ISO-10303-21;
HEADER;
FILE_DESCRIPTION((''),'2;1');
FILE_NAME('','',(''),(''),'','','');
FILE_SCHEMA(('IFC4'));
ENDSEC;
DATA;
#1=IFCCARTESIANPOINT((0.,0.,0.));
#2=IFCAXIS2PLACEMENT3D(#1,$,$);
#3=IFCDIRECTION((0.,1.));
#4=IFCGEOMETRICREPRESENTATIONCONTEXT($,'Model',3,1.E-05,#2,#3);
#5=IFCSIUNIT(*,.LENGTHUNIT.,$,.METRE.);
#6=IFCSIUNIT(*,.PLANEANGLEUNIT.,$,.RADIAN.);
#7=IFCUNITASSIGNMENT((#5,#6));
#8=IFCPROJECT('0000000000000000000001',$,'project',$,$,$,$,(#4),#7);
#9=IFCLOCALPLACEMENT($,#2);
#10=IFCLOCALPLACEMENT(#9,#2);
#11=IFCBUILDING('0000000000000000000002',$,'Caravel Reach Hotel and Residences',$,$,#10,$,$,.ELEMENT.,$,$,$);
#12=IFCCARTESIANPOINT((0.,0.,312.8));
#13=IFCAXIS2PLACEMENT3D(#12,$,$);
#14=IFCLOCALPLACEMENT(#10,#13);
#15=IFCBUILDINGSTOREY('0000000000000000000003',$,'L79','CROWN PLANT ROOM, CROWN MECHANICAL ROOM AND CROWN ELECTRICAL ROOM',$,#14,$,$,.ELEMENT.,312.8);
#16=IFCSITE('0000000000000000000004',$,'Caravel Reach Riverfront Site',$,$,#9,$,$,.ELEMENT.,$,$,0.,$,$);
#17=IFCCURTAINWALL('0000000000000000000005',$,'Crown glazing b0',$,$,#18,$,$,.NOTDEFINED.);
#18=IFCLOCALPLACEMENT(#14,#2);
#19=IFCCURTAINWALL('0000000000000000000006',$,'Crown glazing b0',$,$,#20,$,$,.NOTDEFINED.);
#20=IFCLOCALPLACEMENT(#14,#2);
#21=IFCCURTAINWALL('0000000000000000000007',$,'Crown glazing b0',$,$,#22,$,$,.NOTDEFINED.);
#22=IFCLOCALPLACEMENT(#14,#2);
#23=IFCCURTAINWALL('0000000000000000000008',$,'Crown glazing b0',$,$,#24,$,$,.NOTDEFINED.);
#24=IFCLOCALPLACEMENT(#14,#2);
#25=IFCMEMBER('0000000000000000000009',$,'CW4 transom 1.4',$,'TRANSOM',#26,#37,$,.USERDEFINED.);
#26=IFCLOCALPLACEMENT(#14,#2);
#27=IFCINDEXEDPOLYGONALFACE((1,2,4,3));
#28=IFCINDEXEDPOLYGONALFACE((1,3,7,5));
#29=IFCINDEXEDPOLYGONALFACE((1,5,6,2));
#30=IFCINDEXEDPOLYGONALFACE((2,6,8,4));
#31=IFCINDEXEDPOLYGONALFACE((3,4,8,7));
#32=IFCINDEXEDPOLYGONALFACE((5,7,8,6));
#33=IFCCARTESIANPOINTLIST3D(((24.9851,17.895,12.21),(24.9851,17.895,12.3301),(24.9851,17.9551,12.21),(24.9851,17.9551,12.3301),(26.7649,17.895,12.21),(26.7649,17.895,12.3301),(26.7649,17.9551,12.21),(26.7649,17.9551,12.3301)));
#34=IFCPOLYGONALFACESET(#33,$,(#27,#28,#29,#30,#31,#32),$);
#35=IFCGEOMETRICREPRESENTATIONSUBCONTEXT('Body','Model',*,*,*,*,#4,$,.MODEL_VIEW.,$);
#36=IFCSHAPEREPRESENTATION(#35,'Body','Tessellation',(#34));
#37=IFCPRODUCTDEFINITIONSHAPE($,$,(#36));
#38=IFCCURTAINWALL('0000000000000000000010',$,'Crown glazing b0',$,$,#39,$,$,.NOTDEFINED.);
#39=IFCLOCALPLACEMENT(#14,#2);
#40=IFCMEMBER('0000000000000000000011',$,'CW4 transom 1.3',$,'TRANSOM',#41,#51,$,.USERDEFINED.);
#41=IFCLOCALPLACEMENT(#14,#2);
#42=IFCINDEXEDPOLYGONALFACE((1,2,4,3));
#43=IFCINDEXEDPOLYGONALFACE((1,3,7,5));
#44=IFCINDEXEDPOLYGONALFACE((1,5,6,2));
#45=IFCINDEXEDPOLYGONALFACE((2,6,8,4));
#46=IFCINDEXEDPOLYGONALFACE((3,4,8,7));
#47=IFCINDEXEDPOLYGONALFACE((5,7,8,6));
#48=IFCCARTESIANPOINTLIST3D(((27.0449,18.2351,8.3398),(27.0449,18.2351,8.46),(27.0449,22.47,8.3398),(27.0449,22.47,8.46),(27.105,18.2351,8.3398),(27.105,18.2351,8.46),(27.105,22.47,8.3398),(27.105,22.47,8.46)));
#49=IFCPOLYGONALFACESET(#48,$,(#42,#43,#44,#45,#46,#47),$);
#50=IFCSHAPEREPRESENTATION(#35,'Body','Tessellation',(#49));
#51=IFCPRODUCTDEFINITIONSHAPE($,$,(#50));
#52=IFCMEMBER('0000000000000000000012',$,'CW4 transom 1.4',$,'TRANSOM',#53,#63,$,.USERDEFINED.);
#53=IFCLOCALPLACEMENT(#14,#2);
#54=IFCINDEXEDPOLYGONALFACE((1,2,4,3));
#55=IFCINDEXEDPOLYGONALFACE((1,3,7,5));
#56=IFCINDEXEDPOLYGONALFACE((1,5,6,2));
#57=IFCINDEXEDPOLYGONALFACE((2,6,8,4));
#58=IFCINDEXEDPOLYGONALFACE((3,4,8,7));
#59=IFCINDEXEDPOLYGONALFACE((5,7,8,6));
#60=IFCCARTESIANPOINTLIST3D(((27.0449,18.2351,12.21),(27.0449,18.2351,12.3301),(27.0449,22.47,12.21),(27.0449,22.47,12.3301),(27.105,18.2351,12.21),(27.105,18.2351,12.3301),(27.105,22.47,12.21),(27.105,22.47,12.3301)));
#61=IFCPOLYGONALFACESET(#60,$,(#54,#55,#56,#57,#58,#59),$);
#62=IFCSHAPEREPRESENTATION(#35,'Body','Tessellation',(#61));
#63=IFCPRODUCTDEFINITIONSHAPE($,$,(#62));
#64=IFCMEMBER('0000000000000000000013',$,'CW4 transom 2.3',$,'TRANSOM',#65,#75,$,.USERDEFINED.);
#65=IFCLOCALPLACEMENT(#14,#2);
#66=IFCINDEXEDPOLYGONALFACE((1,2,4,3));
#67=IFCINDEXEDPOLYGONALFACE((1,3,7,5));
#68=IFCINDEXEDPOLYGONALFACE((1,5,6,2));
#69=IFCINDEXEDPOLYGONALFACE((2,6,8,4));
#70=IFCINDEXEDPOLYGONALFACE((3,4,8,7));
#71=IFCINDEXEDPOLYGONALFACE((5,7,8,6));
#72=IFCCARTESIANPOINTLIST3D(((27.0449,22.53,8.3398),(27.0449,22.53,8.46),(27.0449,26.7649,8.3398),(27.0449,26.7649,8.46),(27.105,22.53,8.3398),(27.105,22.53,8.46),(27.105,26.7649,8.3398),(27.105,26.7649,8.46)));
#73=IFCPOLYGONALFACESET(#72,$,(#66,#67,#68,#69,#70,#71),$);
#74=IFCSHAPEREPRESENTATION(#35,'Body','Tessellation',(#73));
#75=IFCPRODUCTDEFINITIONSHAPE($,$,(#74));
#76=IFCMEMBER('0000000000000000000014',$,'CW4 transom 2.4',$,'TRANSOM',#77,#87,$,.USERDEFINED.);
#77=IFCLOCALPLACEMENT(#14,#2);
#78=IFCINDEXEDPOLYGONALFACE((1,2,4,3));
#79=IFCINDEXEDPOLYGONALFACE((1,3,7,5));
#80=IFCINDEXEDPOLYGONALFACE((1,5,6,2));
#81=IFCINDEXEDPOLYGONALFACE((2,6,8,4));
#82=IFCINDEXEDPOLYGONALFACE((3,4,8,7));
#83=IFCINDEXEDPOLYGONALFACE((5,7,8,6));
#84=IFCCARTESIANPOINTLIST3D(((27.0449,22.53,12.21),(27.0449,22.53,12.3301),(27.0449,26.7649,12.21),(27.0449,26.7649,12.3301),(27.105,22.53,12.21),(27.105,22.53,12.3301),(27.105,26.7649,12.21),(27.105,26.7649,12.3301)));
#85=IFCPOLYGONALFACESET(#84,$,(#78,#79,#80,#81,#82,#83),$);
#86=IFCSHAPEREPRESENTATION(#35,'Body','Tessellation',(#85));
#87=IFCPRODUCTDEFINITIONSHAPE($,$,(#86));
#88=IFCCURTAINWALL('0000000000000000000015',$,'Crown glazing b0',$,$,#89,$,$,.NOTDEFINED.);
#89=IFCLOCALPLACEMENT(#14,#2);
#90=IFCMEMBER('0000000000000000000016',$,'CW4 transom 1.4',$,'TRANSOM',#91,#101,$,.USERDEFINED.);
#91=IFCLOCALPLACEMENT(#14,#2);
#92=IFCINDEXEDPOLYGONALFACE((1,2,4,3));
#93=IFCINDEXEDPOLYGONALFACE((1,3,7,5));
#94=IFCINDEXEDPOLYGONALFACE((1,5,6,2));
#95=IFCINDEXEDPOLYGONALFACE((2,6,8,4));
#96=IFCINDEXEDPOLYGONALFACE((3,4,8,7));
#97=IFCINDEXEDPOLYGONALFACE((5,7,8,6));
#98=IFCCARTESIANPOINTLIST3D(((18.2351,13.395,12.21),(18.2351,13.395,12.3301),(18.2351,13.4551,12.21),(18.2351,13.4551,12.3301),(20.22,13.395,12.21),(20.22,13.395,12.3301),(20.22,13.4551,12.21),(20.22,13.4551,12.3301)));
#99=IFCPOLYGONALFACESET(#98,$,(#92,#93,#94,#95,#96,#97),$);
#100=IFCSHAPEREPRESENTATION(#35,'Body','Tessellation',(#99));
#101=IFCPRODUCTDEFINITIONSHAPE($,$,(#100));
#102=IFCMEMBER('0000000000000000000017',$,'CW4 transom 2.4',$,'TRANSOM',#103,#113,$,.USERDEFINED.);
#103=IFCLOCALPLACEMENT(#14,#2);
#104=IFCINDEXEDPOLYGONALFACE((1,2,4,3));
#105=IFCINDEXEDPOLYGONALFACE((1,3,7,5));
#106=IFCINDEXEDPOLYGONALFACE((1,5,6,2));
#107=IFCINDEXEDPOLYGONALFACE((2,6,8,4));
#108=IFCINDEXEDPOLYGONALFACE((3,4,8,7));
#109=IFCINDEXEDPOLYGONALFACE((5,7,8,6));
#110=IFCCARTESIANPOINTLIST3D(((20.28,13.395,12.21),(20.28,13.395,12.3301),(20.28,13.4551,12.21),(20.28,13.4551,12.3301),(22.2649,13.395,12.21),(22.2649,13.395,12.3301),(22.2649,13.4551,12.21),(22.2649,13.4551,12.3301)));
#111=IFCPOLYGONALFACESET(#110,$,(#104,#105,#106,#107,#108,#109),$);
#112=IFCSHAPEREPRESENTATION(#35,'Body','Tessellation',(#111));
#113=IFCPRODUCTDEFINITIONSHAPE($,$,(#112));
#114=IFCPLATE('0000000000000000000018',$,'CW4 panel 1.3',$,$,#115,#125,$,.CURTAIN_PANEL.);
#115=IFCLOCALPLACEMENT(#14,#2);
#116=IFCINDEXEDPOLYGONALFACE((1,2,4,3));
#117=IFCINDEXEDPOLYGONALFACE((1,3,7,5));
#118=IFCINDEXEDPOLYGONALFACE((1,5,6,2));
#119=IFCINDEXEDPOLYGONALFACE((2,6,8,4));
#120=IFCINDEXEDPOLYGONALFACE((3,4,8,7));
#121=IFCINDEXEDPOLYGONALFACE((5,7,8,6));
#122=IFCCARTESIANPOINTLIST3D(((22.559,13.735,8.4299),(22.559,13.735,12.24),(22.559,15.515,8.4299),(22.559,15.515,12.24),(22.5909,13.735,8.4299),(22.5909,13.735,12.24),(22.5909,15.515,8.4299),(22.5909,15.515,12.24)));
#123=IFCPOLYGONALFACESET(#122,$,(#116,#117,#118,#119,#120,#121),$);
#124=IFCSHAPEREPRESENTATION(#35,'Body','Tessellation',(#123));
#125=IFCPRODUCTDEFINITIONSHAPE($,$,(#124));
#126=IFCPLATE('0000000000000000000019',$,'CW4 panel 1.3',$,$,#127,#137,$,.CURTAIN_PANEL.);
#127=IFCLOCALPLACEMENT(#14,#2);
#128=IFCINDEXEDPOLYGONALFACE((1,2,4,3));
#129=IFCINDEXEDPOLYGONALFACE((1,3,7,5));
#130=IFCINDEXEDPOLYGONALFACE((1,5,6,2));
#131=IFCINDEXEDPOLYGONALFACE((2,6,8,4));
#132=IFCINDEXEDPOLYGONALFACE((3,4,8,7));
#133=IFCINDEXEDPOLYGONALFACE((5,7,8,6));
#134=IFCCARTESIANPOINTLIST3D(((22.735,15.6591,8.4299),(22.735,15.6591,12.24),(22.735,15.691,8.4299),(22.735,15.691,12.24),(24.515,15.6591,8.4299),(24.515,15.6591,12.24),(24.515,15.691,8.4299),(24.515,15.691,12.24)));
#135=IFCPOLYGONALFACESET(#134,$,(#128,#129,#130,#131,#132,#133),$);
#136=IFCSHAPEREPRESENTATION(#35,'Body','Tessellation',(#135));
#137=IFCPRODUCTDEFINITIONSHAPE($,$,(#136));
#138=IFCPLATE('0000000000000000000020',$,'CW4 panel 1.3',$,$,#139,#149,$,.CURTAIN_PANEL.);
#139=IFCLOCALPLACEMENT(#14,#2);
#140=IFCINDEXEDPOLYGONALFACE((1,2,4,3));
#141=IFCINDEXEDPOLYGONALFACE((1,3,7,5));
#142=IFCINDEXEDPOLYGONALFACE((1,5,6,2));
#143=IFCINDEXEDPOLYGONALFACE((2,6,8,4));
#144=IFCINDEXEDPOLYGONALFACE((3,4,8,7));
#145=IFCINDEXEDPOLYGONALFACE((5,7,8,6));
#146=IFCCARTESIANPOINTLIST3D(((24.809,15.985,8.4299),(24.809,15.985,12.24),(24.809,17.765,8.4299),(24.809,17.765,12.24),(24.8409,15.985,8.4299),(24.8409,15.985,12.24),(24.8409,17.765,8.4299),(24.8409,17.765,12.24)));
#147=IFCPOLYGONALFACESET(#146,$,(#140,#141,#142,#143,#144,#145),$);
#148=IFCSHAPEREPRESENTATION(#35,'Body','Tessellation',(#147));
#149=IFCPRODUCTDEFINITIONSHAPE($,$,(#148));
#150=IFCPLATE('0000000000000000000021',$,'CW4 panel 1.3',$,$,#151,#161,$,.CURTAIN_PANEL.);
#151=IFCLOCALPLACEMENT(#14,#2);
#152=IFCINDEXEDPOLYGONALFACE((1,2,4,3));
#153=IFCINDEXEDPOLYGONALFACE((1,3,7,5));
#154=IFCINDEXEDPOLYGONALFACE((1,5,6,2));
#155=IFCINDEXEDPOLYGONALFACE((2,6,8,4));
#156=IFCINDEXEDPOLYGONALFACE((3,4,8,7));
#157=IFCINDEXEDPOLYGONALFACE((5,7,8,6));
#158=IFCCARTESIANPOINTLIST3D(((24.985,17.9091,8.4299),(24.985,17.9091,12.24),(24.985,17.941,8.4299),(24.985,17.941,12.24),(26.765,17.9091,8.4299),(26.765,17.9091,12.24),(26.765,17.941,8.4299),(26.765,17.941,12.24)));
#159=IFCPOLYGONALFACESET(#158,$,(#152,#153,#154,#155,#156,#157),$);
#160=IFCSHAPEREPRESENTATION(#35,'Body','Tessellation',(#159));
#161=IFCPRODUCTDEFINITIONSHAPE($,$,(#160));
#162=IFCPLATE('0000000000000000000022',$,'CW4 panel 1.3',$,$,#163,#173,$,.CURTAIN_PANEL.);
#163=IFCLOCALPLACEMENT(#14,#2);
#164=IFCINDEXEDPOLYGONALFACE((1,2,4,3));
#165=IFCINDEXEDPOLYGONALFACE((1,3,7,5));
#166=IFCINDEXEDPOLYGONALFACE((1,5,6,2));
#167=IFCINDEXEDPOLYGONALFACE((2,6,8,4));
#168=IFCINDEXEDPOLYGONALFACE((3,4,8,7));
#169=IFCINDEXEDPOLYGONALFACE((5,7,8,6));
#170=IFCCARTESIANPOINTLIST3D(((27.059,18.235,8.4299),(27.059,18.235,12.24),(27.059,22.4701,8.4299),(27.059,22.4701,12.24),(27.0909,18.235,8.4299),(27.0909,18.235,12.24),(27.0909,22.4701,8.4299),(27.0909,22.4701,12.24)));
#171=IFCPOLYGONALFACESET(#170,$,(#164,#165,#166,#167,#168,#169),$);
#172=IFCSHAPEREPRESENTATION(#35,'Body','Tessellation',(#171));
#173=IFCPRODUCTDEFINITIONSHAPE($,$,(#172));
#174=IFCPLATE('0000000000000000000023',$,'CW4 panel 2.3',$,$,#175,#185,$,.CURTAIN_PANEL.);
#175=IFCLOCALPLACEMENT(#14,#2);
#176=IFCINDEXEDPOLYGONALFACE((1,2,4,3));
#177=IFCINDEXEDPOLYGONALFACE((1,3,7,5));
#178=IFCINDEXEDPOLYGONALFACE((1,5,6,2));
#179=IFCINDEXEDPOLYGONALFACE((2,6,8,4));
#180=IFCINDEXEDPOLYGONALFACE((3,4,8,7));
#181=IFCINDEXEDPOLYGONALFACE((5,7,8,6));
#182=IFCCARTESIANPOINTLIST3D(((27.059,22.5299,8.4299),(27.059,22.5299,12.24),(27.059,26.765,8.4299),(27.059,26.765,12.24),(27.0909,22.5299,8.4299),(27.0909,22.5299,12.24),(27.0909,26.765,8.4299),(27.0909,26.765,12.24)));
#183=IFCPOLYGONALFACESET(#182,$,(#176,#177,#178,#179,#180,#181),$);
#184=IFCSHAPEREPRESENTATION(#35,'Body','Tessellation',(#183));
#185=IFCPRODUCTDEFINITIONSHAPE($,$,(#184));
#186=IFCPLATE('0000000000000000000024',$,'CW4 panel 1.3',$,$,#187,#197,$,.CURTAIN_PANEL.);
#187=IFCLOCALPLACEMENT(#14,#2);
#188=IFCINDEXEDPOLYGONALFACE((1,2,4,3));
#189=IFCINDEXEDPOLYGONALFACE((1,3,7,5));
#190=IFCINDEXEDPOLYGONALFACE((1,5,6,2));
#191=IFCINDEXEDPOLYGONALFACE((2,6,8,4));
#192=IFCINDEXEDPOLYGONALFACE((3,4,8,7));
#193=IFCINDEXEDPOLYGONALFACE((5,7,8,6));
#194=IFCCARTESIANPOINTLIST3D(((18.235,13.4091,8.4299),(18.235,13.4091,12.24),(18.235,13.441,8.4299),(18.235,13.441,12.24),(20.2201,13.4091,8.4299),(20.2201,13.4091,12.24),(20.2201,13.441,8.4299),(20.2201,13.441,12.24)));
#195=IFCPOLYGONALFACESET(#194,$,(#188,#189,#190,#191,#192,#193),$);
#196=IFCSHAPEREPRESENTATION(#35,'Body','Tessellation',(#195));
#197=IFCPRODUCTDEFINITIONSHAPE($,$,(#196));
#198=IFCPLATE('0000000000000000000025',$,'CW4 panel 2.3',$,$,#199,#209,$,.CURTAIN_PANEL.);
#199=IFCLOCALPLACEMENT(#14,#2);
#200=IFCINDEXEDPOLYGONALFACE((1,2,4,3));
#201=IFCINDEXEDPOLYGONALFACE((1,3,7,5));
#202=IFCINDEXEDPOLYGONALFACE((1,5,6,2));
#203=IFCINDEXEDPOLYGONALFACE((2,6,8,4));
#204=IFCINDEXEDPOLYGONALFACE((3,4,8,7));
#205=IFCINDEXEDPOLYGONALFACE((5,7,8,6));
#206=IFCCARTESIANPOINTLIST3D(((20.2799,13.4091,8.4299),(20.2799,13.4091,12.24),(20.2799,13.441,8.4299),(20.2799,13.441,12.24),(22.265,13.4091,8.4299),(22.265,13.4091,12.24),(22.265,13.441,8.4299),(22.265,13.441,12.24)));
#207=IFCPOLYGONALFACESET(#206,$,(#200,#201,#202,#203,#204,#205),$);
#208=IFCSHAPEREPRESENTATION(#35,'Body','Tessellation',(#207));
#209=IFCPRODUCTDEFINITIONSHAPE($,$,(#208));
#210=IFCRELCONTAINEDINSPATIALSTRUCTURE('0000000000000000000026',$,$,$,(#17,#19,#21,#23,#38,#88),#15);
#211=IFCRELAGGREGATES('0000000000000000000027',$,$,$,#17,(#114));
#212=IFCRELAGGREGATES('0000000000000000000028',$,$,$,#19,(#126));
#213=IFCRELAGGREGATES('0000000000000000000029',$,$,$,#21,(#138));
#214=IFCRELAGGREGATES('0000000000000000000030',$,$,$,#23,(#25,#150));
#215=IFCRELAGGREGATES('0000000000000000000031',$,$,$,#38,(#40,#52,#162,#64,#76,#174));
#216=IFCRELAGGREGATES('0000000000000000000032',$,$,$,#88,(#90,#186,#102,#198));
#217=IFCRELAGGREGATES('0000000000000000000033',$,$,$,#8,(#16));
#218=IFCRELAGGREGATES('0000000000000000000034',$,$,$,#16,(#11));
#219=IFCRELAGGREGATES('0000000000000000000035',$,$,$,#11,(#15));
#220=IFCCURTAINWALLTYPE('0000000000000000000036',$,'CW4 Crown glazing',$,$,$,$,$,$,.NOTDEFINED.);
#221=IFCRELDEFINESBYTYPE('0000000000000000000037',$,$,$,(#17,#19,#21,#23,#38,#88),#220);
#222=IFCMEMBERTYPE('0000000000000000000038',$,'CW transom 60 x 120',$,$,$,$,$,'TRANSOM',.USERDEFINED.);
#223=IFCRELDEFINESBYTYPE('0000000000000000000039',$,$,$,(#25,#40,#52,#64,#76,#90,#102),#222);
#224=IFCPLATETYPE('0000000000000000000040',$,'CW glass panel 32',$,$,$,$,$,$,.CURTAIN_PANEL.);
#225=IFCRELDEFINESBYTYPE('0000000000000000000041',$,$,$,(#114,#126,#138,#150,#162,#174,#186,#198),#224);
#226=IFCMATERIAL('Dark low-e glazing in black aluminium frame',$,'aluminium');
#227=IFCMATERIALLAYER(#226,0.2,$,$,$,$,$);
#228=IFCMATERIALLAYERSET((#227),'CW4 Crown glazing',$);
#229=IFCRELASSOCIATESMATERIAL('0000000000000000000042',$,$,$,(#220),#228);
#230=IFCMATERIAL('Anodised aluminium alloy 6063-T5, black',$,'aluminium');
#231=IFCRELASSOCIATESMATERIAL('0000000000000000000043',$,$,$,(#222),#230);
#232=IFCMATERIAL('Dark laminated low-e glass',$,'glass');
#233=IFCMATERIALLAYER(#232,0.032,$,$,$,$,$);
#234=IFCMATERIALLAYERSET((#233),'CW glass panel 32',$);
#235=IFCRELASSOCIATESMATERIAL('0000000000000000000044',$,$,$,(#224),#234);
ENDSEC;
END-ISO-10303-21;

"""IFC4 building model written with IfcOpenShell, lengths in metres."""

from ifc_helpers import new_model, si_unit, direction, frame, origin, origin_2d, place, context, subcontext, project, spatial, rectangle, extrude, material, layer, layer_set, material_profile, profile_set, type_object, element, aggregate, save


model = new_model("IFC4")

# Units and contexts
model_context = context("Model", 3, precision=1e-05, world=origin(), true_north=direction((0.0, 1.0)))
body_context = subcontext(model_context, "Body", "Model", "MODEL_VIEW")
ifc_project = project(units=[si_unit("LENGTHUNIT", "METRE"), si_unit("PLANEANGLEUNIT", "RADIAN")], contexts=[model_context])

# Site, building, storey
site_placement = place(None, origin())
site = spatial("IfcSite", under=ifc_project, at=site_placement, Name="Caravel Reach Riverfront Site", CompositionType="ELEMENT", RefElevation=0.0)
building_placement = place(site_placement, origin())
building = spatial("IfcBuilding", under=site, at=building_placement, Name="Caravel Reach Hotel and Residences", CompositionType="ELEMENT")
storey_placement = place(building_placement, frame((0.0, 0.0, 312.8)))
storey = spatial("IfcBuildingStorey", under=building, at=storey_placement, Name="L79", Description="CROWN PLANT ROOM, CROWN MECHANICAL ROOM AND CROWN ELECTRICAL ROOM", CompositionType="ELEMENT", Elevation=312.8)

# Curtain walls
ifc_material_1 = material(Name="Dark low-e glazing in black aluminium frame", Category="aluminium")
ifc_layer_1 = layer(ifc_material_1, 0.2)
ifc_layer_set_1 = layer_set([ifc_layer_1], Name="CW4 Crown glazing")
curtain_wall_type = type_object("IfcCurtainWallType", Name="CW4 Crown glazing", PredefinedType="NOTDEFINED", material=ifc_layer_set_1)
curtain_wall_1_placement = place(storey_placement, origin())
curtain_wall_1 = element("IfcCurtainWall", 1, at=curtain_wall_1_placement, inside=storey, type_object=curtain_wall_type, Name="Crown glazing b0", PredefinedType="NOTDEFINED")
ifc_material_2 = material(Name="Anodised aluminium alloy 6063-T5, black", Category="aluminium")
ifc_material_profile_1 = material_profile(ifc_material_2, rectangle(XDim=0.0601, YDim=0.1201, at=origin_2d()), Name="CW transom 60 x 120")
ifc_profile_set_1 = profile_set([ifc_material_profile_1], Name="Anodised aluminium alloy 6063-T5, black")
member_type = type_object("IfcMemberType", Name="CW transom 60 x 120", ElementType="TRANSOM", PredefinedType="USERDEFINED", material=ifc_profile_set_1)
curtain_wall_2_placement = place(storey_placement, origin())
curtain_wall_2 = element("IfcCurtainWall", 2, at=curtain_wall_2_placement, inside=storey, type_object=curtain_wall_type, Name="Crown glazing b0", PredefinedType="NOTDEFINED")
curtain_wall_3_placement = place(storey_placement, origin())
curtain_wall_3 = element("IfcCurtainWall", 3, at=curtain_wall_3_placement, inside=storey, type_object=curtain_wall_type, Name="Crown glazing b0", PredefinedType="NOTDEFINED")

# Curtain walls, members
curtain_wall_4_placement = place(storey_placement, origin())
curtain_wall_4 = element("IfcCurtainWall", 4, at=curtain_wall_4_placement, inside=storey, type_object=curtain_wall_type, Name="Crown glazing b0", PredefinedType="NOTDEFINED")
member_1_placement = place(storey_placement, frame((24.9851, 17.925, 12.27), z_axis=(1.0, 0.0, 0.0), x_axis=(0.0, 1.0, 0.0)))
member_1 = element("IfcMember", 5, at=member_1_placement, type_object=member_type, Name="CW4 transom 1.4", ObjectType="TRANSOM", PredefinedType="USERDEFINED", context=body_context, shape_type="SweptSolid", body=[
    extrude(rectangle(XDim=0.0601, YDim=0.1201, at=origin_2d()), origin(), (0.0, 0.0, 1.0), 1.7798),
])
curtain_wall_5_placement = place(storey_placement, origin())
curtain_wall_5 = element("IfcCurtainWall", 6, at=curtain_wall_5_placement, inside=storey, type_object=curtain_wall_type, Name="Crown glazing b0", PredefinedType="NOTDEFINED")
member_2_placement = place(storey_placement, frame((27.075, 18.2351, 8.3999), z_axis=(0.0, 1.0, 0.0), x_axis=(-1.0, 0.0, 0.0)))
member_2 = element("IfcMember", 7, at=member_2_placement, type_object=member_type, Name="CW4 transom 1.3", ObjectType="TRANSOM", PredefinedType="USERDEFINED", context=body_context, shape_type="SweptSolid", body=[
    extrude(rectangle(XDim=0.0601, YDim=0.1201, at=origin_2d()), origin(), (0.0, 0.0, 1.0), 4.2349),
])
member_3_placement = place(storey_placement, frame((27.075, 18.2351, 12.27), z_axis=(0.0, 1.0, 0.0), x_axis=(-1.0, 0.0, 0.0)))
member_3 = element("IfcMember", 8, at=member_3_placement, type_object=member_type, Name="CW4 transom 1.4", ObjectType="TRANSOM", PredefinedType="USERDEFINED", context=body_context, shape_type="SweptSolid", body=[
    extrude(rectangle(XDim=0.0601, YDim=0.1201, at=origin_2d()), origin(), (0.0, 0.0, 1.0), 4.2349),
])
member_4_placement = place(storey_placement, frame((27.075, 22.53, 8.3999), z_axis=(0.0, 1.0, 0.0), x_axis=(-1.0, 0.0, 0.0)))
member_4 = element("IfcMember", 9, at=member_4_placement, type_object=member_type, Name="CW4 transom 2.3", ObjectType="TRANSOM", PredefinedType="USERDEFINED", context=body_context, shape_type="SweptSolid", body=[
    extrude(rectangle(XDim=0.0601, YDim=0.1201, at=origin_2d()), origin(), (0.0, 0.0, 1.0), 4.2349),
])
member_5_placement = place(storey_placement, frame((27.075, 22.53, 12.27), z_axis=(0.0, 1.0, 0.0), x_axis=(-1.0, 0.0, 0.0)))
member_5 = element("IfcMember", 10, at=member_5_placement, type_object=member_type, Name="CW4 transom 2.4", ObjectType="TRANSOM", PredefinedType="USERDEFINED", context=body_context, shape_type="SweptSolid", body=[
    extrude(rectangle(XDim=0.0601, YDim=0.1201, at=origin_2d()), origin(), (0.0, 0.0, 1.0), 4.2349),
])
curtain_wall_6_placement = place(storey_placement, origin())
curtain_wall_6 = element("IfcCurtainWall", 11, at=curtain_wall_6_placement, inside=storey, type_object=curtain_wall_type, Name="Crown glazing b0", PredefinedType="NOTDEFINED")
member_6_placement = place(storey_placement, frame((18.2351, 13.425, 12.27), z_axis=(1.0, 0.0, 0.0), x_axis=(0.0, 1.0, 0.0)))
member_6 = element("IfcMember", 12, at=member_6_placement, type_object=member_type, Name="CW4 transom 1.4", ObjectType="TRANSOM", PredefinedType="USERDEFINED", context=body_context, shape_type="SweptSolid", body=[
    extrude(rectangle(XDim=0.0601, YDim=0.1201, at=origin_2d()), origin(), (0.0, 0.0, 1.0), 1.9849),
])
member_7_placement = place(storey_placement, frame((20.28, 13.425, 12.27), z_axis=(1.0, 0.0, 0.0), x_axis=(0.0, 1.0, 0.0)))
member_7 = element("IfcMember", 13, at=member_7_placement, type_object=member_type, Name="CW4 transom 2.4", ObjectType="TRANSOM", PredefinedType="USERDEFINED", context=body_context, shape_type="SweptSolid", body=[
    extrude(rectangle(XDim=0.0601, YDim=0.1201, at=origin_2d()), origin(), (0.0, 0.0, 1.0), 1.9849),
])

# Plates
ifc_material_3 = material(Name="Dark laminated low-e glass", Category="glass")
ifc_layer_2 = layer(ifc_material_3, 0.032)
ifc_layer_set_2 = layer_set([ifc_layer_2], Name="CW glass panel 32")
plate_type = type_object("IfcPlateType", Name="CW glass panel 32", PredefinedType="CURTAIN_PANEL", material=ifc_layer_set_2)
plate_1_placement = place(storey_placement, frame((22.575, 14.625, 8.4299), z_axis=(0.0, 0.0, 1.0), x_axis=(0.0, 1.0, 0.0)))
plate_1 = element("IfcPlate", 14, at=plate_1_placement, type_object=plate_type, Name="CW4 panel 1.3", PredefinedType="CURTAIN_PANEL", context=body_context, shape_type="SweptSolid", body=[
    extrude(rectangle(XDim=1.78, YDim=0.032, at=origin_2d()), origin(), (0.0, 0.0, 1.0), 3.8101),
])
aggregate(curtain_wall_1, [plate_1])
plate_2_placement = place(storey_placement, frame((23.625, 15.675, 8.4299), z_axis=(0.0, 0.0, 1.0), x_axis=(1.0, 0.0, 0.0)))
plate_2 = element("IfcPlate", 15, at=plate_2_placement, type_object=plate_type, Name="CW4 panel 1.3", PredefinedType="CURTAIN_PANEL", context=body_context, shape_type="SweptSolid", body=[
    extrude(rectangle(XDim=1.78, YDim=0.032, at=origin_2d()), origin(), (0.0, 0.0, 1.0), 3.8101),
])
aggregate(curtain_wall_2, [plate_2])
plate_3_placement = place(storey_placement, frame((24.825, 16.875, 8.4299), z_axis=(0.0, 0.0, 1.0), x_axis=(0.0, 1.0, 0.0)))
plate_3 = element("IfcPlate", 16, at=plate_3_placement, type_object=plate_type, Name="CW4 panel 1.3", PredefinedType="CURTAIN_PANEL", context=body_context, shape_type="SweptSolid", body=[
    extrude(rectangle(XDim=1.78, YDim=0.032, at=origin_2d()), origin(), (0.0, 0.0, 1.0), 3.8101),
])
aggregate(curtain_wall_3, [plate_3])
plate_4_placement = place(storey_placement, frame((25.875, 17.925, 8.4299), z_axis=(0.0, 0.0, 1.0), x_axis=(1.0, 0.0, 0.0)))
plate_4 = element("IfcPlate", 17, at=plate_4_placement, type_object=plate_type, Name="CW4 panel 1.3", PredefinedType="CURTAIN_PANEL", context=body_context, shape_type="SweptSolid", body=[
    extrude(rectangle(XDim=1.78, YDim=0.032, at=origin_2d()), origin(), (0.0, 0.0, 1.0), 3.8101),
])
aggregate(curtain_wall_4, [member_1, plate_4])
plate_5_placement = place(storey_placement, frame((27.075, 20.3525, 8.4299), z_axis=(0.0, 0.0, 1.0), x_axis=(0.0, 1.0, 0.0)))
plate_5 = element("IfcPlate", 18, at=plate_5_placement, type_object=plate_type, Name="CW4 panel 1.3", PredefinedType="CURTAIN_PANEL", context=body_context, shape_type="SweptSolid", body=[
    extrude(rectangle(XDim=4.2351, YDim=0.032, at=origin_2d()), origin(), (0.0, 0.0, 1.0), 3.8101),
])
plate_6_placement = place(storey_placement, frame((27.075, 24.6475, 8.4299), z_axis=(0.0, 0.0, 1.0), x_axis=(0.0, 1.0, 0.0)))
plate_6 = element("IfcPlate", 19, at=plate_6_placement, type_object=plate_type, Name="CW4 panel 2.3", PredefinedType="CURTAIN_PANEL", context=body_context, shape_type="SweptSolid", body=[
    extrude(rectangle(XDim=4.2351, YDim=0.032, at=origin_2d()), origin(), (0.0, 0.0, 1.0), 3.8101),
])
aggregate(curtain_wall_5, [member_2, member_3, plate_5, member_4, member_5, plate_6])
plate_7_placement = place(storey_placement, frame((19.2275, 13.425, 8.4299), z_axis=(0.0, 0.0, 1.0), x_axis=(1.0, 0.0, 0.0)))
plate_7 = element("IfcPlate", 20, at=plate_7_placement, type_object=plate_type, Name="CW4 panel 1.3", PredefinedType="CURTAIN_PANEL", context=body_context, shape_type="SweptSolid", body=[
    extrude(rectangle(XDim=1.9851, YDim=0.032, at=origin_2d()), origin(), (0.0, 0.0, 1.0), 3.8101),
])
plate_8_placement = place(storey_placement, frame((21.2725, 13.425, 8.4299), z_axis=(0.0, 0.0, 1.0), x_axis=(1.0, 0.0, 0.0)))
plate_8 = element("IfcPlate", 21, at=plate_8_placement, type_object=plate_type, Name="CW4 panel 2.3", PredefinedType="CURTAIN_PANEL", context=body_context, shape_type="SweptSolid", body=[
    extrude(rectangle(XDim=1.9851, YDim=0.032, at=origin_2d()), origin(), (0.0, 0.0, 1.0), 3.8101),
])
aggregate(curtain_wall_6, [member_6, plate_7, member_7, plate_8])

save(model, "model.ifc")
